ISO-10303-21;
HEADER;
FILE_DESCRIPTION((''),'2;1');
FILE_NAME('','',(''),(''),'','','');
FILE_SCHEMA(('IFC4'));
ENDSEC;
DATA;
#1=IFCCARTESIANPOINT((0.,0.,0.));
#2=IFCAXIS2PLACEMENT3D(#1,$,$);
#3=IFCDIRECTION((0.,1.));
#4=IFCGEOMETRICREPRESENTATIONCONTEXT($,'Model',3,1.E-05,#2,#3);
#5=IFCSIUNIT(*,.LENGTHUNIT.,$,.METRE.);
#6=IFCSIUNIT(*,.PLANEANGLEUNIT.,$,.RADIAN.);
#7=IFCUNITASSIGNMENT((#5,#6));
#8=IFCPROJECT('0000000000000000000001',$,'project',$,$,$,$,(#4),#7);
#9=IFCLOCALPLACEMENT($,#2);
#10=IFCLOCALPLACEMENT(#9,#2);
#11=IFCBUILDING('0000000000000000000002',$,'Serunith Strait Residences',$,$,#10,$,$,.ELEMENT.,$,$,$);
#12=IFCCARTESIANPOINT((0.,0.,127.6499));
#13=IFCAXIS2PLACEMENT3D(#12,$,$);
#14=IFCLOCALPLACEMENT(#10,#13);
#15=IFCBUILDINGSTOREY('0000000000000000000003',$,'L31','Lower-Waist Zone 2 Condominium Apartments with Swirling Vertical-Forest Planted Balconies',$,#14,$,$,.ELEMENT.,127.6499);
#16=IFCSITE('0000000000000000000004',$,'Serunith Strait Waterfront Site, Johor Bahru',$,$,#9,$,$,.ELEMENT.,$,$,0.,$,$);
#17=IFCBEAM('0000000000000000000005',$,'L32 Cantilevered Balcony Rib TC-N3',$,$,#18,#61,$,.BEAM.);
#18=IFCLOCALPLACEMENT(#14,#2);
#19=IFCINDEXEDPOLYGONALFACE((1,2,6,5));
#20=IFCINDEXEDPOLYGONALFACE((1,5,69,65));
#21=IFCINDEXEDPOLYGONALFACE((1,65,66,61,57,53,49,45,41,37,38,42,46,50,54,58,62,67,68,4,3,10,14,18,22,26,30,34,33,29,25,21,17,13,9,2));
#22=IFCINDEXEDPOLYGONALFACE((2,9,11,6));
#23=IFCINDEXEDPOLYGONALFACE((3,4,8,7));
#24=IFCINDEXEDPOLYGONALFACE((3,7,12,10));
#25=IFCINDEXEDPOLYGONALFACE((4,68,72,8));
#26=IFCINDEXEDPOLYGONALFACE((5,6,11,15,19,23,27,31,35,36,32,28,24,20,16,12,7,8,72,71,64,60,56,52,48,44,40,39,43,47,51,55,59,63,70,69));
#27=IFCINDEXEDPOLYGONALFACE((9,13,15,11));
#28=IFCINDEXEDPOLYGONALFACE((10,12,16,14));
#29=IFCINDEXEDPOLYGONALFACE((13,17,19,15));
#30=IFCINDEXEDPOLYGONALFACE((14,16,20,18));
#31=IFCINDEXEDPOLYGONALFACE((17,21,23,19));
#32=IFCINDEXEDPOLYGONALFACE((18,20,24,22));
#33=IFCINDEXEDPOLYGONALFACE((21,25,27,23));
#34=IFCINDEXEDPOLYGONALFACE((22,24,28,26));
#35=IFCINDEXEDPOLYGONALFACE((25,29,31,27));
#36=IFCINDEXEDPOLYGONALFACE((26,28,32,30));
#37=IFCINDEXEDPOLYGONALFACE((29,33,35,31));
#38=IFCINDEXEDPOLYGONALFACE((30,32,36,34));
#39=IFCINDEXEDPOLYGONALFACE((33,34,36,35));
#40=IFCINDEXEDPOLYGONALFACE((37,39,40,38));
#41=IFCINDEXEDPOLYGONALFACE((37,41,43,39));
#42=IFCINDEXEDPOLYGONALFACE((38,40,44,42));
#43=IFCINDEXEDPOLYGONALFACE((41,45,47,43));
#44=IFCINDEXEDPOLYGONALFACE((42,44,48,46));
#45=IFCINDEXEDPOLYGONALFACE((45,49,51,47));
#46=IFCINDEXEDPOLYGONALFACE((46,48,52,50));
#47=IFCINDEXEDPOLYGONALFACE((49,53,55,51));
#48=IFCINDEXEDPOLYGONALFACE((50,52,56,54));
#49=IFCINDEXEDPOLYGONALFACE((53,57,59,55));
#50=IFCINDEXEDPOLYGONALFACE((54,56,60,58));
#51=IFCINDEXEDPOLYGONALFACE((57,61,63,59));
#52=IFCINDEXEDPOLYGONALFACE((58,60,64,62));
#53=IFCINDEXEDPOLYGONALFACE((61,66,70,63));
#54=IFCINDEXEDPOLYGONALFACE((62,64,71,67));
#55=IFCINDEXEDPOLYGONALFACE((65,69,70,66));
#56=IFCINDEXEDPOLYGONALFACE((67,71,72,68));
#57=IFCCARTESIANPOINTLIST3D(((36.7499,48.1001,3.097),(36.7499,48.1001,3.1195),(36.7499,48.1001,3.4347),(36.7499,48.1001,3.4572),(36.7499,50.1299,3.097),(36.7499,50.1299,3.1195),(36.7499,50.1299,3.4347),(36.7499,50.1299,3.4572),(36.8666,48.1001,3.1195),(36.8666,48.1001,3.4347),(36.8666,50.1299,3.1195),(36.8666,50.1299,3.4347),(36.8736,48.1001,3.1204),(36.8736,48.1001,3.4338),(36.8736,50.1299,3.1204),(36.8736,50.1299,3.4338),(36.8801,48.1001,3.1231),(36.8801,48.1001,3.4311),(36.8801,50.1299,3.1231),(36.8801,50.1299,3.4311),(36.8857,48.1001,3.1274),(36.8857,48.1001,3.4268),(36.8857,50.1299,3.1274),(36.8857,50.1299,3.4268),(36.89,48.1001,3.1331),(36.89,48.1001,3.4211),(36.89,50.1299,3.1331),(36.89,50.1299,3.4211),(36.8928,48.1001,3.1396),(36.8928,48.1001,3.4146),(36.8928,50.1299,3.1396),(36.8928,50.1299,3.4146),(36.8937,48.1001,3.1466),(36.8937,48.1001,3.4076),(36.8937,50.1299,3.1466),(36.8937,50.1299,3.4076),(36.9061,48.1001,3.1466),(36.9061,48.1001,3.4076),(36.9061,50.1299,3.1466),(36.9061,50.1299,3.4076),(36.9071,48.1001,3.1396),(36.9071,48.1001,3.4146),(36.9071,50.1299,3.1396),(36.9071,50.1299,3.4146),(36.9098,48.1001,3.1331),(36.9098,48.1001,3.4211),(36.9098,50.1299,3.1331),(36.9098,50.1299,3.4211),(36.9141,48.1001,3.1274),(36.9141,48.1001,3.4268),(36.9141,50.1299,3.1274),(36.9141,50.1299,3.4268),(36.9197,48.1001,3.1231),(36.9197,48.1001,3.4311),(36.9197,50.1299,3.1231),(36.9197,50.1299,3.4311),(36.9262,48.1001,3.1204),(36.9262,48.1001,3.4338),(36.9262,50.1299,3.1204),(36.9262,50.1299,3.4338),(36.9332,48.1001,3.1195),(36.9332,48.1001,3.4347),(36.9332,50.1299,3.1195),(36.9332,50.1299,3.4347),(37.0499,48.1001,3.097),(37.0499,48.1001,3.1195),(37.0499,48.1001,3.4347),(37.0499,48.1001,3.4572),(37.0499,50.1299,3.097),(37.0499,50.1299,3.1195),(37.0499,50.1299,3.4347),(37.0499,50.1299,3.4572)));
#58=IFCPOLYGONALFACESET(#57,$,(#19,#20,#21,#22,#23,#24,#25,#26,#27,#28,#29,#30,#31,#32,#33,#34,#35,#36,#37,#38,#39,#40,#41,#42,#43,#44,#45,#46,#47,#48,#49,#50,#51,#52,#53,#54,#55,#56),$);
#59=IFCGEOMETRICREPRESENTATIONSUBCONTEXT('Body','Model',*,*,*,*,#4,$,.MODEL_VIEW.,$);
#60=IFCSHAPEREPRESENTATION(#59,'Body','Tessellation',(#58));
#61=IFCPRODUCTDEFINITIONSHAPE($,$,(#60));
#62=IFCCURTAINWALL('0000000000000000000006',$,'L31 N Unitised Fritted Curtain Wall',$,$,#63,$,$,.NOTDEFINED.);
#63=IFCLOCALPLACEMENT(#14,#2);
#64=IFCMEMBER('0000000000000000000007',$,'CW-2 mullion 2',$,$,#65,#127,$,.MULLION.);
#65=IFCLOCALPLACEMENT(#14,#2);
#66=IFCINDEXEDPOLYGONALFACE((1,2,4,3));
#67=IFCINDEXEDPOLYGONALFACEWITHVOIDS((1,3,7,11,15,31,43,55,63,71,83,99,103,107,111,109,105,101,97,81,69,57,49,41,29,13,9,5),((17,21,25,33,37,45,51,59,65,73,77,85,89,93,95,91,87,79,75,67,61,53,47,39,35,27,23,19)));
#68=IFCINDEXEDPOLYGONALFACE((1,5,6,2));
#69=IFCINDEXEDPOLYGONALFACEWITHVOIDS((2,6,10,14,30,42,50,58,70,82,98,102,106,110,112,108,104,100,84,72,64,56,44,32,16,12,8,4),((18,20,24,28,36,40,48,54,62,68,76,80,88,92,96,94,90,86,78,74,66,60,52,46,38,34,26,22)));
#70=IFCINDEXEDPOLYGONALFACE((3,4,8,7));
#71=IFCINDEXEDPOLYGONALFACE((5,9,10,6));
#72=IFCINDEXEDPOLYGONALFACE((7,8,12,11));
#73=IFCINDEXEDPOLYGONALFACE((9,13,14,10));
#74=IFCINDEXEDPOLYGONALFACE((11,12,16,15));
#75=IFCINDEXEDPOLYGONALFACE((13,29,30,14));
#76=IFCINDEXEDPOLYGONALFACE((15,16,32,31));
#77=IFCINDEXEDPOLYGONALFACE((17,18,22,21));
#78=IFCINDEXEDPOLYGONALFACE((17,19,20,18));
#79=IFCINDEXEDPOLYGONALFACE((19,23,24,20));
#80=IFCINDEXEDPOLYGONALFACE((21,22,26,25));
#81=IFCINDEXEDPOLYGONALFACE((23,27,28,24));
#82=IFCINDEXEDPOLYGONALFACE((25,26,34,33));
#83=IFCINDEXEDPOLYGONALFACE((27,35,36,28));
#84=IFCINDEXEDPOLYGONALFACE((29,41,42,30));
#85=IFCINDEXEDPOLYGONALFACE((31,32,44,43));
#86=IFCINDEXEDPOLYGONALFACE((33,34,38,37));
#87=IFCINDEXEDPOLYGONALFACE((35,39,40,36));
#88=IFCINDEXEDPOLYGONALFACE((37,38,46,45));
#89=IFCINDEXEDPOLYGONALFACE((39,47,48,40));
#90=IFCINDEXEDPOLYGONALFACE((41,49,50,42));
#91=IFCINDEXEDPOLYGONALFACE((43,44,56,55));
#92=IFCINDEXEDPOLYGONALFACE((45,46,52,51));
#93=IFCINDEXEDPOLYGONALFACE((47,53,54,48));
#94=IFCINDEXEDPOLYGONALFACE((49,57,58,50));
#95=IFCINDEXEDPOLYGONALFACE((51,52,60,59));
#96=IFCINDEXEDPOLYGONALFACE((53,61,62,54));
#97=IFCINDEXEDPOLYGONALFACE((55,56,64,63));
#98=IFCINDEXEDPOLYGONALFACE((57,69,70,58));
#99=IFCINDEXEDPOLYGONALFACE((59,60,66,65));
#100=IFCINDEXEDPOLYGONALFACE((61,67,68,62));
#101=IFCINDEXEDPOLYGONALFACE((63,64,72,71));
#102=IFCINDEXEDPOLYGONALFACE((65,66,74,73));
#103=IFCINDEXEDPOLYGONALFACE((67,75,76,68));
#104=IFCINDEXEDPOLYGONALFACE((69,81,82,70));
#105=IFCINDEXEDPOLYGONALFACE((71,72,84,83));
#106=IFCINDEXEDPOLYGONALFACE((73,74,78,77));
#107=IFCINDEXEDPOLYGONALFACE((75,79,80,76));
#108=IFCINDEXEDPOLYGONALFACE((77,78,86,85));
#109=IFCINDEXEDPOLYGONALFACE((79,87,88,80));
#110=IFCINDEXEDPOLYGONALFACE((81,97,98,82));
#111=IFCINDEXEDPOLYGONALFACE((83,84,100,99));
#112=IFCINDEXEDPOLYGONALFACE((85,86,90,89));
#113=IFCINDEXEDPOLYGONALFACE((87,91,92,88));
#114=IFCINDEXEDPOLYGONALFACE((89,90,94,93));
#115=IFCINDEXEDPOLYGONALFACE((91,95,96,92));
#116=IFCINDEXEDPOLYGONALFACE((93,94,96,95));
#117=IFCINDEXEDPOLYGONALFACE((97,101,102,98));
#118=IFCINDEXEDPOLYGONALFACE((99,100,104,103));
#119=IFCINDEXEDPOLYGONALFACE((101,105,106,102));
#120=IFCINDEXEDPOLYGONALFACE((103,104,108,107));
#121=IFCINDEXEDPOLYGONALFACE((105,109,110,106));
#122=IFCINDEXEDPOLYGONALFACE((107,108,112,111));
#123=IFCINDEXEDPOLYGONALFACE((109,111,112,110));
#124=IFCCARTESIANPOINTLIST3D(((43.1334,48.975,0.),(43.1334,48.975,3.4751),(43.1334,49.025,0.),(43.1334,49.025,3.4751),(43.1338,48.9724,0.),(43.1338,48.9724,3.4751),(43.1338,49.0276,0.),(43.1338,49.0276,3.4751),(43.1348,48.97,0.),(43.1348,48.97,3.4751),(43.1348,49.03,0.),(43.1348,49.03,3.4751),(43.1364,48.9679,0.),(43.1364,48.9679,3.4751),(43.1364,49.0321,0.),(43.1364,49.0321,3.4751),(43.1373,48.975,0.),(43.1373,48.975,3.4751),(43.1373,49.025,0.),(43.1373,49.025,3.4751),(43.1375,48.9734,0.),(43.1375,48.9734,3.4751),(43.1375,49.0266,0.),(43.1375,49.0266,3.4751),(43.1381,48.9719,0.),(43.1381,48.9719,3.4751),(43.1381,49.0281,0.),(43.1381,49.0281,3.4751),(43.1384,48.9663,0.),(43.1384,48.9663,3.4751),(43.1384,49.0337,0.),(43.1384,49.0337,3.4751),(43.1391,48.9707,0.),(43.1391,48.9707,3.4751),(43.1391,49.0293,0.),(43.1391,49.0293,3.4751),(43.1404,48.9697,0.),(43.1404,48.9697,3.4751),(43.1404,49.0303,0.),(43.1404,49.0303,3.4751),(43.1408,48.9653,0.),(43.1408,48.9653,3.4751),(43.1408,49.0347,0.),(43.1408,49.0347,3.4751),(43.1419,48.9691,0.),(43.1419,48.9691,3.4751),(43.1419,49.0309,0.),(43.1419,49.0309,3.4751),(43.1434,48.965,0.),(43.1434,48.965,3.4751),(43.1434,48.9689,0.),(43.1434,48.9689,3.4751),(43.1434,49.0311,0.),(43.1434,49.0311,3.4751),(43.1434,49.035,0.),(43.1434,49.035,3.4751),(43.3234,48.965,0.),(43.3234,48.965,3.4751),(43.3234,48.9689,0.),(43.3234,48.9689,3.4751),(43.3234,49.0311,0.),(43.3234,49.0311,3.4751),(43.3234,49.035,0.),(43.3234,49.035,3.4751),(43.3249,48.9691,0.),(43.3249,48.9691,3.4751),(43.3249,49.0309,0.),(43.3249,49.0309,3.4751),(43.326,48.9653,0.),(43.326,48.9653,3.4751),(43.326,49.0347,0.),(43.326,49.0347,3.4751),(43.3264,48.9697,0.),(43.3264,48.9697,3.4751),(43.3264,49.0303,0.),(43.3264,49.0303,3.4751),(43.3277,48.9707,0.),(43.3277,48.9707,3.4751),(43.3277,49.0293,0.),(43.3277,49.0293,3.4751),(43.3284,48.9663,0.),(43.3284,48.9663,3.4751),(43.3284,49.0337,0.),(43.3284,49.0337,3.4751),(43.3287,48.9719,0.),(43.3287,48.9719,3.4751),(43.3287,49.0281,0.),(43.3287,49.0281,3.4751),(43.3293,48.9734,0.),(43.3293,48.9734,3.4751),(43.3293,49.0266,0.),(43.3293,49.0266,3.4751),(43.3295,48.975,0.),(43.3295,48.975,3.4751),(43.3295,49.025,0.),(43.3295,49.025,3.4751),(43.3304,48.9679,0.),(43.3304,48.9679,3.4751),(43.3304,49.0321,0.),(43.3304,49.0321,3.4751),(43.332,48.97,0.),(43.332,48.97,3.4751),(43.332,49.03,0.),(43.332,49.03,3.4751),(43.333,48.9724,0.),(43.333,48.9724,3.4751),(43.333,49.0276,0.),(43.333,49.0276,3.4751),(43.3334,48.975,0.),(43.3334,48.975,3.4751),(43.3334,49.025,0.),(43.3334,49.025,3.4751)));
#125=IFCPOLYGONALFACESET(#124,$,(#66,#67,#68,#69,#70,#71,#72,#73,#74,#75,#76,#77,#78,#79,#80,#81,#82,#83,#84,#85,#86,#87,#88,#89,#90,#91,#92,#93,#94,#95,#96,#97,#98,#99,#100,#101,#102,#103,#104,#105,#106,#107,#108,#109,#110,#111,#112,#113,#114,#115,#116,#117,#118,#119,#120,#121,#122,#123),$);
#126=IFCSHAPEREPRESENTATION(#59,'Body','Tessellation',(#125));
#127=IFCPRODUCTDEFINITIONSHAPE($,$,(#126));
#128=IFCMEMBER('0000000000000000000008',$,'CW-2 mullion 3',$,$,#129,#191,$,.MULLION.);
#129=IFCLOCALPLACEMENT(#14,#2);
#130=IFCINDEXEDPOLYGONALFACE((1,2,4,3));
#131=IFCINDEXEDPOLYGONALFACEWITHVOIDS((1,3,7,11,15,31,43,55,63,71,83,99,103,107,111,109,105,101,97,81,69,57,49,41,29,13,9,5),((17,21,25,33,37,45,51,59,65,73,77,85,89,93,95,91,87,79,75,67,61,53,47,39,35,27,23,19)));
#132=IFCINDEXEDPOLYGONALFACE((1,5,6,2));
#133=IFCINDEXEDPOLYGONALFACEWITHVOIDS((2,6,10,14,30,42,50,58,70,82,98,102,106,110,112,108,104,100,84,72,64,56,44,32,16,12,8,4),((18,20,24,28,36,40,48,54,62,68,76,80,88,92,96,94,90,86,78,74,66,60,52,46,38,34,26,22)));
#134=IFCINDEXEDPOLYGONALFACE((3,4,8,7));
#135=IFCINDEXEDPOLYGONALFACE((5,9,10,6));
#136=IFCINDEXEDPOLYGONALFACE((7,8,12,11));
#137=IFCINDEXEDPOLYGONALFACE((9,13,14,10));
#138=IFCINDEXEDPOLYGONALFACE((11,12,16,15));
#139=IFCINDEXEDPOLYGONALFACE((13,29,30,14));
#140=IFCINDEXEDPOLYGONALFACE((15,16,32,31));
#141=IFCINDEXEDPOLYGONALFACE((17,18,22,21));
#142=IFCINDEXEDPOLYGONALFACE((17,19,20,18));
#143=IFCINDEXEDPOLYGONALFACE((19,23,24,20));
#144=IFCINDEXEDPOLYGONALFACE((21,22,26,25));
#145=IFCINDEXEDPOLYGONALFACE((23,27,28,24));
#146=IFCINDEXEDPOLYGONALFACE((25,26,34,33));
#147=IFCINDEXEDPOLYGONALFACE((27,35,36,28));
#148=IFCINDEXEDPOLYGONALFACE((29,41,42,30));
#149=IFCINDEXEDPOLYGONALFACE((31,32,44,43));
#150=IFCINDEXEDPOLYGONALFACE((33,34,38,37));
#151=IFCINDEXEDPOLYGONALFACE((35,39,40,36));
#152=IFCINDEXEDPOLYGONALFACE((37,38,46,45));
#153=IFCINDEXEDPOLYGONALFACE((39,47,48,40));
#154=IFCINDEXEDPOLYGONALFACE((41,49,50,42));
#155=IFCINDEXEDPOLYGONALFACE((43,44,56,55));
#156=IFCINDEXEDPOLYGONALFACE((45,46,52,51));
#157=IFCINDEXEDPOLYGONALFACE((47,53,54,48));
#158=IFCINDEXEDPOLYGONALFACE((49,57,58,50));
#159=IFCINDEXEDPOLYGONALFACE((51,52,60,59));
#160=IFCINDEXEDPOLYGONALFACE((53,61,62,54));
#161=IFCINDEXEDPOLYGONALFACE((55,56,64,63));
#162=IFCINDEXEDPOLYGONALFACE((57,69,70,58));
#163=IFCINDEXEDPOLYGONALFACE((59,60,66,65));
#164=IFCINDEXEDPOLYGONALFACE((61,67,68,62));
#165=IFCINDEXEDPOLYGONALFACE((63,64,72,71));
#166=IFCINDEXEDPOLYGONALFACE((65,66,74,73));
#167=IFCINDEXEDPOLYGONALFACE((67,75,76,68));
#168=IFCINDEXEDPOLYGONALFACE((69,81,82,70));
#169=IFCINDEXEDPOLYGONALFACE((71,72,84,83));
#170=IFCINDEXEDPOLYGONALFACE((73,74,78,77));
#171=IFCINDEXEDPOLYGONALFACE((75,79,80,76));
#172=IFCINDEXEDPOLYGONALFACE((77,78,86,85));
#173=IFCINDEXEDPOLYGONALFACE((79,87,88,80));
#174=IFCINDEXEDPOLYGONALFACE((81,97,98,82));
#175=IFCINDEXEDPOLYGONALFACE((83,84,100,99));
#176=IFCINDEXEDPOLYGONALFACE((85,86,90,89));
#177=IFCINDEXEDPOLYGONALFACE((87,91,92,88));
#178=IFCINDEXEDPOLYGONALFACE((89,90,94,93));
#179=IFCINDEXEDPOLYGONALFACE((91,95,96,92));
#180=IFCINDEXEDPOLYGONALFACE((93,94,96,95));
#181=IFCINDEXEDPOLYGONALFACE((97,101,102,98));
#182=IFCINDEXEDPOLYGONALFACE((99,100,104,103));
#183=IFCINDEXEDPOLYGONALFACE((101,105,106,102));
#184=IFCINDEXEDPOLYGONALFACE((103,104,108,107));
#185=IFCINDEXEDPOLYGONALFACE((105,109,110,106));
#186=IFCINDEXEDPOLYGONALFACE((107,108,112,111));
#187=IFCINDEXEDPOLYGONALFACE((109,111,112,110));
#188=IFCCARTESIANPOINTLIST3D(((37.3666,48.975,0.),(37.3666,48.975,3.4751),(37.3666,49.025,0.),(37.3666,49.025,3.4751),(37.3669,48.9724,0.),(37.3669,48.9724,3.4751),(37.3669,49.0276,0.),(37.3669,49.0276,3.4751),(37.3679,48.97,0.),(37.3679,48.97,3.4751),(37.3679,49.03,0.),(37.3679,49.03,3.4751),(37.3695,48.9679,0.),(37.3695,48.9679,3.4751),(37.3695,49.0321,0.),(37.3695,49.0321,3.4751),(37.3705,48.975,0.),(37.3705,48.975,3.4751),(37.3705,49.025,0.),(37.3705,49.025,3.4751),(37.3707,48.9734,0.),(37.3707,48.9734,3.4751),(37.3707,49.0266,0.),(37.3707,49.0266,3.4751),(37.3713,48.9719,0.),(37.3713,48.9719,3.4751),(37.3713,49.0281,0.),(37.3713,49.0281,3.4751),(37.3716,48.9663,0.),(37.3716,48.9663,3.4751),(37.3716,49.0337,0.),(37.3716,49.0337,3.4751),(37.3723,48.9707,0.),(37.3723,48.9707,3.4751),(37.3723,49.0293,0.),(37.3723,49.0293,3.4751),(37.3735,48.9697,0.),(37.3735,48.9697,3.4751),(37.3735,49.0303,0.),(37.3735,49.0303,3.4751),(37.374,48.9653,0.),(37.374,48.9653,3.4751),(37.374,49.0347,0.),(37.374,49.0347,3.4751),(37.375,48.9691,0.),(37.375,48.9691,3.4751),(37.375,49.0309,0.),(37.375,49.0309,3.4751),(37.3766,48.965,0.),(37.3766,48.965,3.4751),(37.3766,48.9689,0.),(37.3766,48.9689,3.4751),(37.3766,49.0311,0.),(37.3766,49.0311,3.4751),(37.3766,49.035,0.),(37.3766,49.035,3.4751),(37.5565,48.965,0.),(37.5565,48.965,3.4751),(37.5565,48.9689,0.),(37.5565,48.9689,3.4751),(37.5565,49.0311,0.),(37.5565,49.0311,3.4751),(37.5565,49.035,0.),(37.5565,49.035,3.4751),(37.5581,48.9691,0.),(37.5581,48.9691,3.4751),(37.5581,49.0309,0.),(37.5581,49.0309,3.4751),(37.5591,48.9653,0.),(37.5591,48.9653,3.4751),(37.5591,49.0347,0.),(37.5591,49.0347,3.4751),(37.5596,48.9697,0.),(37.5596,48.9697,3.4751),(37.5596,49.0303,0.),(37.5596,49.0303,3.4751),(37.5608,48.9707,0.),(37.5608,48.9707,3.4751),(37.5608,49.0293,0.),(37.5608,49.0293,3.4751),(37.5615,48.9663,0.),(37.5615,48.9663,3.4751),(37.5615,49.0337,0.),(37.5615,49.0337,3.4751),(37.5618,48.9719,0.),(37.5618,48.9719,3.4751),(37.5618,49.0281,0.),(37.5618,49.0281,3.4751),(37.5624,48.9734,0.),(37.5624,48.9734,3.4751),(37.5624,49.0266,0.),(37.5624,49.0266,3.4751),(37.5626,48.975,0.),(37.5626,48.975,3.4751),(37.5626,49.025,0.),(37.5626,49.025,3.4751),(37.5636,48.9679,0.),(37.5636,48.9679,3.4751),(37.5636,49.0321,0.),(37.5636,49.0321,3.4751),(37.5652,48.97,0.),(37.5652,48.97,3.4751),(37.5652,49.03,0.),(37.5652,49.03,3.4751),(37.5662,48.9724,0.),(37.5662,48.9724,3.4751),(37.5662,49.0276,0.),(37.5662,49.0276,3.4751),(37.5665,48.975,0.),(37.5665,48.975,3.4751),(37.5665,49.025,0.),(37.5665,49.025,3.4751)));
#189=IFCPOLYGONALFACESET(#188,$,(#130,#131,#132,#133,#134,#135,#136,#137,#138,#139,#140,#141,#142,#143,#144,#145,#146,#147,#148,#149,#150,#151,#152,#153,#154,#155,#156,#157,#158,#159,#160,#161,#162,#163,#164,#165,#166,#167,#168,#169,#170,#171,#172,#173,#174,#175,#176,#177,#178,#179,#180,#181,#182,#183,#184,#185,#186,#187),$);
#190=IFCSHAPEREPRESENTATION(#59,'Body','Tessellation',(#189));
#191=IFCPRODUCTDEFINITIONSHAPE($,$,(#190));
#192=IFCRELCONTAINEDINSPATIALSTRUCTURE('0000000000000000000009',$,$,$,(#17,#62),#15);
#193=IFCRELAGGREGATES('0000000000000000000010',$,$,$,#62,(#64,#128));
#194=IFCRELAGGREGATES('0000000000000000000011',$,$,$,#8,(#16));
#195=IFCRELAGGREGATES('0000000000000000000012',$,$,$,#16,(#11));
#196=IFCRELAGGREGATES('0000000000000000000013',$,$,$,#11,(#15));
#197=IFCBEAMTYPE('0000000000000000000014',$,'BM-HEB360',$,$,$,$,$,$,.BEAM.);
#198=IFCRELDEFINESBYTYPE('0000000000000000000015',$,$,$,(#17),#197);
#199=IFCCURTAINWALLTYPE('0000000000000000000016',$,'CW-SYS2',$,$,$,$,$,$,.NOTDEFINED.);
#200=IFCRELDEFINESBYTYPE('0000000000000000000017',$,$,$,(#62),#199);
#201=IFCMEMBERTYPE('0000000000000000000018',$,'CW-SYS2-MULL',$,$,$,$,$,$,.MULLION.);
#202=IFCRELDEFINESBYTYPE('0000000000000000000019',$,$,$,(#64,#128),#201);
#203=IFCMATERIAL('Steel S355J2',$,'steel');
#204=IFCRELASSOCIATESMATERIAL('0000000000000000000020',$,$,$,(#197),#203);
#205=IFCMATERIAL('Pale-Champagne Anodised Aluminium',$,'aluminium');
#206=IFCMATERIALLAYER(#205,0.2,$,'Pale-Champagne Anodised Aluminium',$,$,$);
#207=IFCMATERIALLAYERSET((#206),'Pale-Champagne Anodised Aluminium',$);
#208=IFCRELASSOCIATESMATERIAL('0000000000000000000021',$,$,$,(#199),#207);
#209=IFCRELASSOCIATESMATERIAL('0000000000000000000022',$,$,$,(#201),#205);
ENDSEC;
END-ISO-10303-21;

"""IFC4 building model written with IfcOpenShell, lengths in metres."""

from ifc_helpers import new_model, si_unit, direction, frame, origin, origin_2d, place, context, subcontext, project, spatial, hollow_rectangle, i_section, extrude, source, transform, mapped, material, layer, layer_set, material_profile, profile_set, type_object, element, aggregate, save


model = new_model("IFC4")

# Units and contexts
model_context = context("Model", 3, precision=1e-05, world=origin(), true_north=direction((0.0, 1.0)))
body_context = subcontext(model_context, "Body", "Model", "MODEL_VIEW")
ifc_project = project(units=[si_unit("LENGTHUNIT", "METRE"), si_unit("PLANEANGLEUNIT", "RADIAN")], contexts=[model_context])

# Site, building, storey
site_placement = place(None, origin())
site = spatial("IfcSite", under=ifc_project, at=site_placement, Name="Serunith Strait Waterfront Site, Johor Bahru", CompositionType="ELEMENT", RefElevation=0.0)
building_placement = place(site_placement, origin())
building = spatial("IfcBuilding", under=site, at=building_placement, Name="Serunith Strait Residences", CompositionType="ELEMENT")
storey_placement = place(building_placement, frame((0.0, 0.0, 127.6499)))
storey = spatial("IfcBuildingStorey", under=building, at=storey_placement, Name="L31", Description="Lower-Waist Zone 2 Condominium Apartments with Swirling Vertical-Forest Planted Balconies", CompositionType="ELEMENT", Elevation=127.6499)

# Beam
ifc_material_1 = material(Name="Steel S355J2", Category="steel")
ifc_material_profile_1 = material_profile(ifc_material_1, i_section(OverallWidth=0.3, OverallDepth=0.3601, WebThickness=0.0125, FlangeThickness=0.0225, FilletRadius=0.0271, at=origin_2d()), Name="HEB 360")
ifc_profile_set_1 = profile_set([ifc_material_profile_1], Name="Steel S355J2")
beam_type_1 = type_object("IfcBeamType", Name="BM-HEB360", PredefinedType="BEAM", material=ifc_profile_set_1)
shared_shape_1 = source(origin(), body_context, "Body", "SweptSolid", [
    extrude(i_section(OverallWidth=0.3, OverallDepth=0.3601, WebThickness=0.0125, FlangeThickness=0.0225, FilletRadius=0.0271, at=origin_2d()), origin(), (0.0, 0.0, 1.0), 2.0298),
])
beam_1_placement = place(storey_placement, frame((36.8999, 48.1001, 3.2771), z_axis=(0.0, 1.0, 0.0), x_axis=(-1.0, 0.0, 0.0)))
element("IfcBeam", 1, at=beam_1_placement, inside=storey, type_object=beam_type_1, Name="L32 Cantilevered Balcony Rib TC-N3", PredefinedType="BEAM", context=body_context, shape_type="MappedRepresentation", body=[
    mapped(shared_shape_1, transform((0.0, 0.0, 0.0), scale=1.0)),
])

# Curtain wall, members
ifc_material_2 = material(Name="Pale-Champagne Anodised Aluminium", Category="aluminium")
ifc_layer_1 = layer(ifc_material_2, 0.2, Name="Pale-Champagne Anodised Aluminium")
ifc_layer_set_1 = layer_set([ifc_layer_1], Name="Pale-Champagne Anodised Aluminium")
curtain_wall_type = type_object("IfcCurtainWallType", Name="CW-SYS2", PredefinedType="NOTDEFINED", material=ifc_layer_set_1)
curtain_wall_placement = place(storey_placement, origin())
curtain_wall = element("IfcCurtainWall", 2, at=curtain_wall_placement, inside=storey, type_object=curtain_wall_type, Name="L31 N Unitised Fritted Curtain Wall", PredefinedType="NOTDEFINED")
ifc_material_profile_2 = material_profile(ifc_material_2, hollow_rectangle(XDim=0.0701, YDim=0.2, WallThickness=0.0039, InnerFilletRadius=0.0061, OuterFilletRadius=0.01, at=origin_2d()), Name="ALU 200x70x4")
ifc_profile_set_2 = profile_set([ifc_material_profile_2], Name="Pale-Champagne Anodised Aluminium")
member_type_1 = type_object("IfcMemberType", Name="CW-SYS2-MULL", PredefinedType="MULLION", material=ifc_profile_set_2)
shared_shape_2 = source(origin(), body_context, "Body", "SweptSolid", [
    extrude(hollow_rectangle(XDim=0.0701, YDim=0.2, WallThickness=0.0039, InnerFilletRadius=0.0061, OuterFilletRadius=0.01, at=origin_2d()), origin(), (0.0, 0.0, 1.0), 3.4751),
])
member_1_placement = place(storey_placement, frame((43.2334, 49.0, 0.0), z_axis=(0.0, 0.0, 1.0), x_axis=(0.0, -1.0, 0.0)))
member_1 = element("IfcMember", 3, at=member_1_placement, type_object=member_type_1, Name="CW-2 mullion 2", PredefinedType="MULLION", context=body_context, shape_type="MappedRepresentation", body=[
    mapped(shared_shape_2, transform((0.0, 0.0, 0.0), scale=1.0)),
])
member_2_placement = place(storey_placement, frame((37.4666, 49.0, 0.0), z_axis=(0.0, 0.0, 1.0), x_axis=(0.0, -1.0, 0.0)))
member_2 = element("IfcMember", 4, at=member_2_placement, type_object=member_type_1, Name="CW-2 mullion 3", PredefinedType="MULLION", context=body_context, shape_type="MappedRepresentation", body=[
    mapped(shared_shape_2, transform((0.0, 0.0, 0.0), scale=1.0)),
])
aggregate(curtain_wall, [member_1, member_2])

save(model, "model.ifc")
